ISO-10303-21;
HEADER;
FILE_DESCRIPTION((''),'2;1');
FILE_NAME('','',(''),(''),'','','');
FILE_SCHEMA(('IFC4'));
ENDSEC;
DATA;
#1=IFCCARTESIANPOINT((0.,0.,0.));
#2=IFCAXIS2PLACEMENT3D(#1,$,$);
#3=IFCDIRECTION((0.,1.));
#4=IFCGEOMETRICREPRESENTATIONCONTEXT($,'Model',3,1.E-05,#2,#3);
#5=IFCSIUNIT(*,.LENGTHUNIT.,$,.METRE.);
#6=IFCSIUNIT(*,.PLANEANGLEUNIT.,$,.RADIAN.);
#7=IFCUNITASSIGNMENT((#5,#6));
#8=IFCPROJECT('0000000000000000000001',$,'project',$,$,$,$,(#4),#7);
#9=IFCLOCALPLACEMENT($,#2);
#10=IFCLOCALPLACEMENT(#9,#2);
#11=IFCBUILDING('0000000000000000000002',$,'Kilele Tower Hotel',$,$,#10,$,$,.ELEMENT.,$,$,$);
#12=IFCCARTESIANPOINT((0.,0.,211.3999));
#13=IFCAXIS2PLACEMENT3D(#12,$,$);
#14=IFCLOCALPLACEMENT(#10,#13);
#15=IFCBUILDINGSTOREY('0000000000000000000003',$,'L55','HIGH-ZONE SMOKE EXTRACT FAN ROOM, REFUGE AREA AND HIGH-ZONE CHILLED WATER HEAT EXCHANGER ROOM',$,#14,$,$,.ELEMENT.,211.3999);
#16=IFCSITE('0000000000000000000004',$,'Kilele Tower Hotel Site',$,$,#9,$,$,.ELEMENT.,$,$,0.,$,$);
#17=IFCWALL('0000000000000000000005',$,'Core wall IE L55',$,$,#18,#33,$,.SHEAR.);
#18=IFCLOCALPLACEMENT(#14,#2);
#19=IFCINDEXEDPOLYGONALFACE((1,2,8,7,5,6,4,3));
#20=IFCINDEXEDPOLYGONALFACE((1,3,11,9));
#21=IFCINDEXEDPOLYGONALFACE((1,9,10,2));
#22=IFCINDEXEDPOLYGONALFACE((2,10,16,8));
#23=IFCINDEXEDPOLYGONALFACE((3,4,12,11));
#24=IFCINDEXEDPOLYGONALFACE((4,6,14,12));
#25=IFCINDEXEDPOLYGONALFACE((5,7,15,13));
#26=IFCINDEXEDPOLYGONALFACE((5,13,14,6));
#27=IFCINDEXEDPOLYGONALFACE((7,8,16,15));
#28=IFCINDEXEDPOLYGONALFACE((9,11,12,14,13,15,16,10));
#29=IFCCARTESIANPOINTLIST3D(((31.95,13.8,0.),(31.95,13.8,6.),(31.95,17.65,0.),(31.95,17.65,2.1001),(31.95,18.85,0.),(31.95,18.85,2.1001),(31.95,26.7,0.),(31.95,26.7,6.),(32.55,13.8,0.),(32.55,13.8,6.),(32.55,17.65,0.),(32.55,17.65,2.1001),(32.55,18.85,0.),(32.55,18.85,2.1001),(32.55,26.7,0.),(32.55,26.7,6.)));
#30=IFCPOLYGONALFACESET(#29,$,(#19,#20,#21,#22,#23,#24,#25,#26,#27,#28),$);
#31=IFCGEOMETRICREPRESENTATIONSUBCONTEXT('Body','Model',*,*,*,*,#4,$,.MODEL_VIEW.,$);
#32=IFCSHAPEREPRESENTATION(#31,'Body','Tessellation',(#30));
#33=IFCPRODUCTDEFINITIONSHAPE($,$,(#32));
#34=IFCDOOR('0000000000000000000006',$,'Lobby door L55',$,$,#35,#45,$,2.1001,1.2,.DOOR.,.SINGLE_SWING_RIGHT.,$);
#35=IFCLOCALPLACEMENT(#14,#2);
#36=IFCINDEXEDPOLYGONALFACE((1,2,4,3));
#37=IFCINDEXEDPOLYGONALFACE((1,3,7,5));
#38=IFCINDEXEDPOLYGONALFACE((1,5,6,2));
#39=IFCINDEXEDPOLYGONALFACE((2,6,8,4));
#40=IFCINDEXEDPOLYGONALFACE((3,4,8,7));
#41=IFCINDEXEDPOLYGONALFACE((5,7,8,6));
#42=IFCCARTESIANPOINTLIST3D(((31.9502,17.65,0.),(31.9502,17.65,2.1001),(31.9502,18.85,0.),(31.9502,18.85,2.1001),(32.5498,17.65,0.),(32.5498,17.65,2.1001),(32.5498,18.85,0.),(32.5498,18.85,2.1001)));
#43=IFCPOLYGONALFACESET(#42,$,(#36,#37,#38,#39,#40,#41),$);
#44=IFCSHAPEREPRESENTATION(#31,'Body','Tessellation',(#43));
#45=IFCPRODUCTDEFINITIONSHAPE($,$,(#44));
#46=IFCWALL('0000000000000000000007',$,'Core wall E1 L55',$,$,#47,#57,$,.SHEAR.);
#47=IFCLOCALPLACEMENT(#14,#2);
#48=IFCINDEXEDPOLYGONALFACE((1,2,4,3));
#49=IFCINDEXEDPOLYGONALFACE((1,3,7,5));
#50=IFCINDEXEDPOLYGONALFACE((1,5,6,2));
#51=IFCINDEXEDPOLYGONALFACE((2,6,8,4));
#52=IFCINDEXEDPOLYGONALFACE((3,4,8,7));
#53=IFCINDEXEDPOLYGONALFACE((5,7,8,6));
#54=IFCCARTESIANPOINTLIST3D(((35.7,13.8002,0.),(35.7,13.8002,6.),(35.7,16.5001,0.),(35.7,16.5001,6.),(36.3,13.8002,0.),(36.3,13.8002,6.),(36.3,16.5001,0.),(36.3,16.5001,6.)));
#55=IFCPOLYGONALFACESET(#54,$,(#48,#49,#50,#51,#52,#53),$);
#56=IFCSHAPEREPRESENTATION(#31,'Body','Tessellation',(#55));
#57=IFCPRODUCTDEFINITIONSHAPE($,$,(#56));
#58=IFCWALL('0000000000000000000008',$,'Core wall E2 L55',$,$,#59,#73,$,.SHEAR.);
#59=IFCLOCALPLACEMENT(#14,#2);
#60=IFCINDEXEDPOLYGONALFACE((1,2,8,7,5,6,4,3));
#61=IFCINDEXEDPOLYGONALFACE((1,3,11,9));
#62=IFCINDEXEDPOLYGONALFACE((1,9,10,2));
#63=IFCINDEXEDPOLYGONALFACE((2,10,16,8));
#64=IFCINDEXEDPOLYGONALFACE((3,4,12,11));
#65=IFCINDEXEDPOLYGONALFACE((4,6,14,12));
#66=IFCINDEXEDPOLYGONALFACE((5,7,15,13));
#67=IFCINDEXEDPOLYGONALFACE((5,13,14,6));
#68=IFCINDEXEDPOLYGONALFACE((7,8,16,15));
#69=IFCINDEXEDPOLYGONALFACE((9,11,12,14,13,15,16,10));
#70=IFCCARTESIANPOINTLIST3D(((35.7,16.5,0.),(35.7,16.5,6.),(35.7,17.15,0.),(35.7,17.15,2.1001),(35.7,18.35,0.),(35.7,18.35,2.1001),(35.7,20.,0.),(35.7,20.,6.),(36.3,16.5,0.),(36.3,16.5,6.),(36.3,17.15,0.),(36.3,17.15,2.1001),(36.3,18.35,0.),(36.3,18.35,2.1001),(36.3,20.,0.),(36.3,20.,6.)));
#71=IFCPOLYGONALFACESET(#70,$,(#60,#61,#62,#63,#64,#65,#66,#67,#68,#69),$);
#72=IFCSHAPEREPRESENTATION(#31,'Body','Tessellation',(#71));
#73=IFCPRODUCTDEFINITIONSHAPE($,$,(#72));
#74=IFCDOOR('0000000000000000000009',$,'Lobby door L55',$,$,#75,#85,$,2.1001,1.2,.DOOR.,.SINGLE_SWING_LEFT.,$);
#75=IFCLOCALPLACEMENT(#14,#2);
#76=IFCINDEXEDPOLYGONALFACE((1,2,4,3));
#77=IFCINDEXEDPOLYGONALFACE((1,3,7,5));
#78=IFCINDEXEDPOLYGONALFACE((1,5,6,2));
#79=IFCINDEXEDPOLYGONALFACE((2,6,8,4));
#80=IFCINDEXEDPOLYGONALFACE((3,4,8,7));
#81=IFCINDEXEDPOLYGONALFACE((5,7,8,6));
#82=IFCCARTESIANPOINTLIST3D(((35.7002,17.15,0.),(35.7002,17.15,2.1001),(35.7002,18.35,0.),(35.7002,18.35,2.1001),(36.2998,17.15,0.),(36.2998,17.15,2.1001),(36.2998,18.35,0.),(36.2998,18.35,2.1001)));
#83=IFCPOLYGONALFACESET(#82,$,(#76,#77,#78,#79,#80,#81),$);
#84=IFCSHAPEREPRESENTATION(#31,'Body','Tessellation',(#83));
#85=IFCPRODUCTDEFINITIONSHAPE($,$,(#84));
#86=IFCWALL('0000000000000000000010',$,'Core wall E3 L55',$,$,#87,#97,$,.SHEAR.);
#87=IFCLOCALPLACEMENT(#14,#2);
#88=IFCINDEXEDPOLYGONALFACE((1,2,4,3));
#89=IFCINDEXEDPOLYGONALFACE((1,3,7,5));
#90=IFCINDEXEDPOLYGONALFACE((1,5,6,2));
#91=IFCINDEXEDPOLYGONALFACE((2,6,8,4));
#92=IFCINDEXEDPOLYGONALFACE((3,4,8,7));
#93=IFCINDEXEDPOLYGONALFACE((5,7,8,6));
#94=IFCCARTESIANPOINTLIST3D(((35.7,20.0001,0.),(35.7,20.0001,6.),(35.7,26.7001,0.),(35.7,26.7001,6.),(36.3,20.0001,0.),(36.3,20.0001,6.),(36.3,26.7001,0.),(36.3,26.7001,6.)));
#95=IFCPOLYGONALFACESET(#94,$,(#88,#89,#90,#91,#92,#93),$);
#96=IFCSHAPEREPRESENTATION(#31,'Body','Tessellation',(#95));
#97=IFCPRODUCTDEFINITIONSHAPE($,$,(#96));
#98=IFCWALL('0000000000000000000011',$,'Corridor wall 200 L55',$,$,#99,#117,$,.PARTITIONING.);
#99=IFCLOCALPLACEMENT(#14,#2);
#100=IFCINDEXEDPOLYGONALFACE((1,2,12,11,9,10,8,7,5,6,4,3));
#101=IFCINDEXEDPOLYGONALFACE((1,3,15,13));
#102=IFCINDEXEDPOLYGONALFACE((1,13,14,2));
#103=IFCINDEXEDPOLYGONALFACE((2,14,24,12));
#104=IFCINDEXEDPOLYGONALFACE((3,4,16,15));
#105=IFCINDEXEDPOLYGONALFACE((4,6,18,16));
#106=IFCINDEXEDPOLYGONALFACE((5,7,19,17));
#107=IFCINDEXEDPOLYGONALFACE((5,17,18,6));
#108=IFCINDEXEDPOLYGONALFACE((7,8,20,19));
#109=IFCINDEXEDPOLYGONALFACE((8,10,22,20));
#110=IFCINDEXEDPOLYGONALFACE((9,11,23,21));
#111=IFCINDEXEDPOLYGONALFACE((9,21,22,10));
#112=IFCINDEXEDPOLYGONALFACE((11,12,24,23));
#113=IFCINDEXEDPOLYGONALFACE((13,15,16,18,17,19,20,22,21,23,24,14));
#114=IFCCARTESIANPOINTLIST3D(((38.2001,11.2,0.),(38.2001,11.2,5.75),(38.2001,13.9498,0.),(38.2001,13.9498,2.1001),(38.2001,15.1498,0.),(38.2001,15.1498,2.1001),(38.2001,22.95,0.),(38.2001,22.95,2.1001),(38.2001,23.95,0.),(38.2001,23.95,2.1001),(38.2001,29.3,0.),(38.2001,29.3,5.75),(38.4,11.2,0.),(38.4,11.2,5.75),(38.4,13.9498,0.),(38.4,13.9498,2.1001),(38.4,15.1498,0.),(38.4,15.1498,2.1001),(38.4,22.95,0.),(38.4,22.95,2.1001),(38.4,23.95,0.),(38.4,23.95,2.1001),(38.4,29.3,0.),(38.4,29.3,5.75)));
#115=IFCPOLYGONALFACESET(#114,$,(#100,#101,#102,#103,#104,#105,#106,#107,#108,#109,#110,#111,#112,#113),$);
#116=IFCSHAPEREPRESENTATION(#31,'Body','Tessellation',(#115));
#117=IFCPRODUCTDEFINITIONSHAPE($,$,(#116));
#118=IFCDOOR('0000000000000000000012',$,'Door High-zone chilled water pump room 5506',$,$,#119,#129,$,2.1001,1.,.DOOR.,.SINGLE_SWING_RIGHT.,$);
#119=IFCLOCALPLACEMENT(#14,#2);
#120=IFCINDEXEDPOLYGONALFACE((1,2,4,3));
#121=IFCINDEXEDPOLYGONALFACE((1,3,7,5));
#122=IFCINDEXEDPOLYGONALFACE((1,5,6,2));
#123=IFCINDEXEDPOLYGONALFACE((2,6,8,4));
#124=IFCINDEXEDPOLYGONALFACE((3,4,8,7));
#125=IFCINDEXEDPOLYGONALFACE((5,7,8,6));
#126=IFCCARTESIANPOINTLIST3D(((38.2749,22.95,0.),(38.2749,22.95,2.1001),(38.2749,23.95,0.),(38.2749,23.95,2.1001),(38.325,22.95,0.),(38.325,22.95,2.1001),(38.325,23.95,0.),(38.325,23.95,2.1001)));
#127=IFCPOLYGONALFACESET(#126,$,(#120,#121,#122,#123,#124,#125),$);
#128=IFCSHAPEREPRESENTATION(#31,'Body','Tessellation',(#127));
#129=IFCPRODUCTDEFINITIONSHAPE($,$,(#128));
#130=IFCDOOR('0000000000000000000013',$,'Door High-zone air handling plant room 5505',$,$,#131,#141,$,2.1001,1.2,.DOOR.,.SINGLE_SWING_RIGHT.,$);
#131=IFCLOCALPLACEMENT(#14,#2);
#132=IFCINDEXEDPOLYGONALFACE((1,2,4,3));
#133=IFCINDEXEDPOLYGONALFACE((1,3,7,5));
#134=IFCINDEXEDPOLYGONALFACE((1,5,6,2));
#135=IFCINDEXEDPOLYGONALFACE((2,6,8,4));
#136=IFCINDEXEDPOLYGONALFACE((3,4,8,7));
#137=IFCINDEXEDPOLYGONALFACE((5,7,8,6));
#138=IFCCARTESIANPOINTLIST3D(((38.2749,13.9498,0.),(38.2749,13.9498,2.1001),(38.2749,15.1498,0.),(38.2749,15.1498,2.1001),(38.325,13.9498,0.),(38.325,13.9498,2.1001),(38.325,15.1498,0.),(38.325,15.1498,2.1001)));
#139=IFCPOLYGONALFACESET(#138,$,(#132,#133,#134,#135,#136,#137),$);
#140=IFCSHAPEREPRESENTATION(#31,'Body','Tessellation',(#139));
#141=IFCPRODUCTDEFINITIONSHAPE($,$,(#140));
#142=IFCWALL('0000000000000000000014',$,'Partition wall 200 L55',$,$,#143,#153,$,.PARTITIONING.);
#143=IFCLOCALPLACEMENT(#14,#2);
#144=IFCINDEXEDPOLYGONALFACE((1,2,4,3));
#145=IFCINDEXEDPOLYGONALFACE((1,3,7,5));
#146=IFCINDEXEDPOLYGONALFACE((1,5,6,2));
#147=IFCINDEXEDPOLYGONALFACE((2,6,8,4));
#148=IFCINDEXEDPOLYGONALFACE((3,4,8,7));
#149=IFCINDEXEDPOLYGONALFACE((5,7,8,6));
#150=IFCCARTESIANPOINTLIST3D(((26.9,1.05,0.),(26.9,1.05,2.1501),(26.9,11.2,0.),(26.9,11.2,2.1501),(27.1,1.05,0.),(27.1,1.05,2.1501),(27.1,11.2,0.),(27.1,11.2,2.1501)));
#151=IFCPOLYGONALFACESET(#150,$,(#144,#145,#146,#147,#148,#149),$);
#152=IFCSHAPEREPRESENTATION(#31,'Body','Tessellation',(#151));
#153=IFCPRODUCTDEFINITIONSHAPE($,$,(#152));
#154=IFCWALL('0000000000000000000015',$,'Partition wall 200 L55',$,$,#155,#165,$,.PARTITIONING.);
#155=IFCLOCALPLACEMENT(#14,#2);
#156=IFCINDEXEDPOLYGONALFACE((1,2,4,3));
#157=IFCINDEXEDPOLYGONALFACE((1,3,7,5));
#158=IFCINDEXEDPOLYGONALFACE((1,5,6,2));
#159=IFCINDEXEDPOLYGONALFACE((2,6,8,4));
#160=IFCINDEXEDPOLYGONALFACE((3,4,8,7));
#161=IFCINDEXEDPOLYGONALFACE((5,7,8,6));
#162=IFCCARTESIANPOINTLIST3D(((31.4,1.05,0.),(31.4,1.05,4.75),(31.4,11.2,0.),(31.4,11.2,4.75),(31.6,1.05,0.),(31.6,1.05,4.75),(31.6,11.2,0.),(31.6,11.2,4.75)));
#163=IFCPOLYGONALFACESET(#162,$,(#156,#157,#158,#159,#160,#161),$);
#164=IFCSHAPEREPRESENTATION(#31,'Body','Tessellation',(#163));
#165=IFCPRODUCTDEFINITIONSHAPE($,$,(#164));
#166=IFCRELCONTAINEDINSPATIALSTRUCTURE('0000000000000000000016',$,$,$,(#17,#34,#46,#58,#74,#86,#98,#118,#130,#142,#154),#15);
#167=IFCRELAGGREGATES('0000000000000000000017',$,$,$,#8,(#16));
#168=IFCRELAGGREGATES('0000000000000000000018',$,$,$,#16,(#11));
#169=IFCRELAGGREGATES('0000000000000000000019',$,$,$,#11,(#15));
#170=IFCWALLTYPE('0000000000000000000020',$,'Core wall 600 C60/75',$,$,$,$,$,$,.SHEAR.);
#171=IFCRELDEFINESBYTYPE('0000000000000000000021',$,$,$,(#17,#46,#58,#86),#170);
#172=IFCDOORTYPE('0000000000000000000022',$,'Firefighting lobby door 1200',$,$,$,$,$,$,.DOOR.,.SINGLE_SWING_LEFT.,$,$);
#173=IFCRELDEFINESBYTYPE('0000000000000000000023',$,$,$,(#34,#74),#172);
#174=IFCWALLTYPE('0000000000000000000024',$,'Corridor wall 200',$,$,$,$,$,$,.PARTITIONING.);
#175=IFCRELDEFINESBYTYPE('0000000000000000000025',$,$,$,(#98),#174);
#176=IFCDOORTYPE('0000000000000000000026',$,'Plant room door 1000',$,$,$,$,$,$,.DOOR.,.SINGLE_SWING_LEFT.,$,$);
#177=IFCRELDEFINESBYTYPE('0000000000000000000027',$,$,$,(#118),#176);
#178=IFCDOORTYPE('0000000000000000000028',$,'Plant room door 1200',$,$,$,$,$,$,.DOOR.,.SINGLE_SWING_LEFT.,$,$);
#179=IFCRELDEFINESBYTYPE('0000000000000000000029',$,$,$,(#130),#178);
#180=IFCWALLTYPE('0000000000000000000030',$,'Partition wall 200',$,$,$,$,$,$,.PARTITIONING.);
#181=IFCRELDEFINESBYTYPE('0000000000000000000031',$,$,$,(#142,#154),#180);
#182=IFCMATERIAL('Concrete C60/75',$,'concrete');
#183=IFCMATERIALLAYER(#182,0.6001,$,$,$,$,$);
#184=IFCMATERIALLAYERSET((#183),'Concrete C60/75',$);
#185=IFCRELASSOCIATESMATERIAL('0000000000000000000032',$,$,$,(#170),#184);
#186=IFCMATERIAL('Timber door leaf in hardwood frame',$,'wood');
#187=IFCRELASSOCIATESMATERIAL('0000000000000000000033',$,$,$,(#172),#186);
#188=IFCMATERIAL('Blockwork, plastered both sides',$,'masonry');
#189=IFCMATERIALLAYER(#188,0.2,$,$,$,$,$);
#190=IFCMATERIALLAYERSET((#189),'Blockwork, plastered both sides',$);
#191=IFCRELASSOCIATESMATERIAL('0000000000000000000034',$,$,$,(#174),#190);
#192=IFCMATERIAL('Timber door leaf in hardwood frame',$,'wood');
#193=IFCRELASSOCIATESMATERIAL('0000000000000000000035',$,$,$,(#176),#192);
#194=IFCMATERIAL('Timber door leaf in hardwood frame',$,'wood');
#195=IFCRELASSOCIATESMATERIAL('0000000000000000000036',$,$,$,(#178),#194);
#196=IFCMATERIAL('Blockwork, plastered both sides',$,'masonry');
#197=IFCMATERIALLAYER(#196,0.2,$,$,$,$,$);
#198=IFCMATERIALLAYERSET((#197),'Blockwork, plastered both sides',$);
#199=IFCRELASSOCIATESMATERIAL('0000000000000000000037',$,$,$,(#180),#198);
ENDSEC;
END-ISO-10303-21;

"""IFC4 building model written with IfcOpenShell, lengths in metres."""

from ifc_helpers import new_model, si_unit, direction, frame, frame_2d, origin, place, context, subcontext, project, spatial, rectangle, extrude, material, layer, layer_set, type_object, element, fill, save


model = new_model("IFC4")

# Units and contexts
model_context = context("Model", 3, precision=1e-05, world=origin(), true_north=direction((0.0, 1.0)))
body_context = subcontext(model_context, "Body", "Model", "MODEL_VIEW")
ifc_project = project(units=[si_unit("LENGTHUNIT", "METRE"), si_unit("PLANEANGLEUNIT", "RADIAN")], contexts=[model_context])

# Site, building, storey
site_placement = place(None, origin())
site = spatial("IfcSite", under=ifc_project, at=site_placement, Name="Kilele Tower Hotel Site", CompositionType="ELEMENT", RefElevation=0.0)
building_placement = place(site_placement, origin())
building = spatial("IfcBuilding", under=site, at=building_placement, Name="Kilele Tower Hotel", CompositionType="ELEMENT")
storey_placement = place(building_placement, frame((0.0, 0.0, 211.3999)))
storey = spatial("IfcBuildingStorey", under=building, at=storey_placement, Name="L55", Description="HIGH-ZONE SMOKE EXTRACT FAN ROOM, REFUGE AREA AND HIGH-ZONE CHILLED WATER HEAT EXCHANGER ROOM", CompositionType="ELEMENT", Elevation=211.3999)

# Wall, opening, door
ifc_material_1 = material(Name="Concrete C60/75", Category="concrete")
ifc_layer_1 = layer(ifc_material_1, 0.6001)
ifc_layer_set_1 = layer_set([ifc_layer_1], Name="Concrete C60/75")
wall_type_1 = type_object("IfcWallType", Name="Core wall 600 C60/75", PredefinedType="SHEAR", material=ifc_layer_set_1)
wall_1_placement = place(storey_placement, frame((32.25, 13.8, 0.0), z_axis=(0.0, 0.0, 1.0), x_axis=(0.0, 1.0, 0.0)))
wall_1 = element("IfcWall", 1, at=wall_1_placement, inside=storey, type_object=wall_type_1, Name="Core wall IE L55", PredefinedType="SHEAR", context=body_context, shape_type="SweptSolid", body=[
    extrude(rectangle(XDim=12.8999, YDim=0.6001, at=frame_2d((6.45, 0.0))), origin(), (0.0, 0.0, 1.0), 6.0),
])
opening_1_placement = place(wall_1_placement, frame((5.05, 0.0, 0.0), z_axis=(0.0, 0.0, 1.0), x_axis=(-1.0, 0.0, 0.0)))
opening_1 = element("IfcOpeningElement", 2, at=opening_1_placement, cuts=wall_1, PredefinedType="OPENING", context=body_context, shape_type="SweptSolid", body=[
    extrude(rectangle(XDim=1.2, YDim=2.1001, at=frame_2d((0.6001, 1.05))), frame((0.0, 0.3101, 0.0), z_axis=(0.0, -1.0, 0.0), x_axis=(1.0, 0.0, 0.0)), (0.0, 0.0, 1.0), 0.6201),
])
ifc_material_2 = material(Name="Timber door leaf in hardwood frame", Category="wood")
door_type_1 = type_object("IfcDoorType", Name="Firefighting lobby door 1200", OperationType="SINGLE_SWING_LEFT", PredefinedType="DOOR", material=ifc_material_2)
door_1_placement = place(opening_1_placement, origin())
door_1 = element("IfcDoor", 3, at=door_1_placement, inside=storey, type_object=door_type_1, Name="Lobby door L55", OperationType="SINGLE_SWING_RIGHT", OverallHeight=2.1001, OverallWidth=1.2, PredefinedType="DOOR", context=body_context, shape_type="SweptSolid", body=[
    extrude(rectangle(XDim=1.2, YDim=2.1001, at=frame_2d((0.6001, 1.05))), frame((0.0, 0.2998, 0.0), z_axis=(0.0, -1.0, 0.0), x_axis=(1.0, 0.0, 0.0)), (0.0, 0.0, 1.0), 0.5996),
])
fill(opening_1, door_1)

# Wall
wall_2_placement = place(storey_placement, frame((36.0, 13.8, 0.0), z_axis=(0.0, 0.0, 1.0), x_axis=(0.0, 1.0, 0.0)))
element("IfcWall", 4, at=wall_2_placement, inside=storey, type_object=wall_type_1, Name="Core wall E1 L55", PredefinedType="SHEAR", context=body_context, shape_type="SweptSolid", body=[
    extrude(rectangle(XDim=2.7, YDim=0.6001, at=frame_2d((1.3501, 0.0))), origin(), (0.0, 0.0, 1.0), 6.0),
])

# Wall, opening, door
wall_3_placement = place(storey_placement, frame((36.0, 16.5, 0.0), z_axis=(0.0, 0.0, 1.0), x_axis=(0.0, 1.0, 0.0)))
wall_3 = element("IfcWall", 5, at=wall_3_placement, inside=storey, type_object=wall_type_1, Name="Core wall E2 L55", PredefinedType="SHEAR", context=body_context, shape_type="SweptSolid", body=[
    extrude(rectangle(XDim=3.5, YDim=0.6001, at=frame_2d((1.75, 0.0))), origin(), (0.0, 0.0, 1.0), 6.0),
])
opening_2_placement = place(wall_3_placement, frame((0.6499, 0.0, 0.0)))
opening_2 = element("IfcOpeningElement", 6, at=opening_2_placement, cuts=wall_3, PredefinedType="OPENING", context=body_context, shape_type="SweptSolid", body=[
    extrude(rectangle(XDim=1.2, YDim=2.1001, at=frame_2d((0.6001, 1.05))), frame((0.0, 0.3101, 0.0), z_axis=(0.0, -1.0, 0.0), x_axis=(1.0, 0.0, 0.0)), (0.0, 0.0, 1.0), 0.6201),
])
door_2_placement = place(opening_2_placement, origin())
door_2 = element("IfcDoor", 7, at=door_2_placement, inside=storey, type_object=door_type_1, Name="Lobby door L55", OperationType="SINGLE_SWING_LEFT", OverallHeight=2.1001, OverallWidth=1.2, PredefinedType="DOOR", context=body_context, shape_type="SweptSolid", body=[
    extrude(rectangle(XDim=1.2, YDim=2.1001, at=frame_2d((0.6001, 1.05))), frame((0.0, 0.2998, 0.0), z_axis=(0.0, -1.0, 0.0), x_axis=(1.0, 0.0, 0.0)), (0.0, 0.0, 1.0), 0.5996),
])
fill(opening_2, door_2)

# Wall
wall_4_placement = place(storey_placement, frame((36.0, 20.0, 0.0), z_axis=(0.0, 0.0, 1.0), x_axis=(0.0, 1.0, 0.0)))
element("IfcWall", 8, at=wall_4_placement, inside=storey, type_object=wall_type_1, Name="Core wall E3 L55", PredefinedType="SHEAR", context=body_context, shape_type="SweptSolid", body=[
    extrude(rectangle(XDim=6.7, YDim=0.6001, at=frame_2d((3.3501, 0.0))), origin(), (0.0, 0.0, 1.0), 6.0),
])

# Wall, openings, doors
ifc_material_3 = material(Name="Blockwork, plastered both sides", Category="masonry")
ifc_layer_2 = layer(ifc_material_3, 0.2)
ifc_layer_set_2 = layer_set([ifc_layer_2], Name="Blockwork, plastered both sides")
wall_type_2 = type_object("IfcWallType", Name="Corridor wall 200", PredefinedType="PARTITIONING", material=ifc_layer_set_2)
wall_5_placement = place(storey_placement, frame((38.3, 11.2, 0.0), z_axis=(0.0, 0.0, 1.0), x_axis=(0.0, 1.0, 0.0)))
wall_5 = element("IfcWall", 9, at=wall_5_placement, inside=storey, type_object=wall_type_2, Name="Corridor wall 200 L55", PredefinedType="PARTITIONING", context=body_context, shape_type="SweptSolid", body=[
    extrude(rectangle(XDim=18.1001, YDim=0.2, at=frame_2d((9.05, 0.0))), origin(), (0.0, 0.0, 1.0), 5.75),
])
opening_3_placement = place(wall_5_placement, frame((3.95, 0.0, 0.0), z_axis=(0.0, 0.0, 1.0), x_axis=(-1.0, 0.0, 0.0)))
opening_3 = element("IfcOpeningElement", 10, at=opening_3_placement, cuts=wall_5, PredefinedType="OPENING", context=body_context, shape_type="SweptSolid", body=[
    extrude(rectangle(XDim=1.2, YDim=2.1001, at=frame_2d((0.6001, 1.05))), frame((0.0, 0.1099, 0.0), z_axis=(0.0, -1.0, 0.0), x_axis=(1.0, 0.0, 0.0)), (0.0, 0.0, 1.0), 0.22),
])
opening_4_placement = place(wall_5_placement, frame((12.75, 0.0, 0.0), z_axis=(0.0, 0.0, 1.0), x_axis=(-1.0, 0.0, 0.0)))
opening_4 = element("IfcOpeningElement", 11, at=opening_4_placement, cuts=wall_5, PredefinedType="OPENING", context=body_context, shape_type="SweptSolid", body=[
    extrude(rectangle(XDim=1.0, YDim=2.1001, at=frame_2d((0.5, 1.05))), frame((0.0, 0.1099, 0.0), z_axis=(0.0, -1.0, 0.0), x_axis=(1.0, 0.0, 0.0)), (0.0, 0.0, 1.0), 0.22),
])
ifc_material_4 = material(Name="Timber door leaf in hardwood frame", Category="wood")
door_type_2 = type_object("IfcDoorType", Name="Plant room door 1000", OperationType="SINGLE_SWING_LEFT", PredefinedType="DOOR", material=ifc_material_4)
door_3_placement = place(opening_4_placement, origin())
door_3 = element("IfcDoor", 12, at=door_3_placement, inside=storey, type_object=door_type_2, Name="Door High-zone chilled water pump room 5506", OperationType="SINGLE_SWING_RIGHT", OverallHeight=2.1001, OverallWidth=1.0, PredefinedType="DOOR", context=body_context, shape_type="SweptSolid", body=[
    extrude(rectangle(XDim=1.0, YDim=2.1001, at=frame_2d((0.5, 1.05))), frame((0.0, 0.0249, 0.0), z_axis=(0.0, -1.0, 0.0), x_axis=(1.0, 0.0, 0.0)), (0.0, 0.0, 1.0), 0.05),
])
fill(opening_4, door_3)
ifc_material_5 = material(Name="Timber door leaf in hardwood frame", Category="wood")
door_type_3 = type_object("IfcDoorType", Name="Plant room door 1200", OperationType="SINGLE_SWING_LEFT", PredefinedType="DOOR", material=ifc_material_5)
door_4_placement = place(opening_3_placement, origin())
door_4 = element("IfcDoor", 13, at=door_4_placement, inside=storey, type_object=door_type_3, Name="Door High-zone air handling plant room 5505", OperationType="SINGLE_SWING_RIGHT", OverallHeight=2.1001, OverallWidth=1.2, PredefinedType="DOOR", context=body_context, shape_type="SweptSolid", body=[
    extrude(rectangle(XDim=1.2, YDim=2.1001, at=frame_2d((0.6001, 1.05))), frame((0.0, 0.0249, 0.0), z_axis=(0.0, -1.0, 0.0), x_axis=(1.0, 0.0, 0.0)), (0.0, 0.0, 1.0), 0.05),
])
fill(opening_3, door_4)

# Walls
ifc_material_6 = material(Name="Blockwork, plastered both sides", Category="masonry")
ifc_layer_3 = layer(ifc_material_6, 0.2)
ifc_layer_set_3 = layer_set([ifc_layer_3], Name="Blockwork, plastered both sides")
wall_type_3 = type_object("IfcWallType", Name="Partition wall 200", PredefinedType="PARTITIONING", material=ifc_layer_set_3)
wall_6_placement = place(storey_placement, frame((27.0, 11.2, 0.0), z_axis=(0.0, 0.0, 1.0), x_axis=(0.0, -1.0, 0.0)))
element("IfcWall", 14, at=wall_6_placement, inside=storey, type_object=wall_type_3, Name="Partition wall 200 L55", PredefinedType="PARTITIONING", context=body_context, shape_type="SweptSolid", body=[
    extrude(rectangle(XDim=10.1499, YDim=0.2, at=frame_2d((5.075, 0.0))), origin(), (0.0, 0.0, 1.0), 2.1501),
])
for number, where, z_axis, x_axis, name in (
    (15, (31.5, 11.2, 0.0), (0.0, 0.0, 1.0), (0.0, -1.0, 0.0), "Partition wall 200 L55"),
):
    element("IfcWall", number, at=place(storey_placement, frame(where, z_axis=z_axis, x_axis=x_axis)), inside=storey, type_object=wall_type_3, Name=name, PredefinedType="PARTITIONING", context=body_context, shape_type="SweptSolid", body=[
        extrude(rectangle(XDim=10.1499, YDim=0.2, at=frame_2d((5.075, 0.0))), origin(), (0.0, 0.0, 1.0), 4.75),
    ])

save(model, "model.ifc")
